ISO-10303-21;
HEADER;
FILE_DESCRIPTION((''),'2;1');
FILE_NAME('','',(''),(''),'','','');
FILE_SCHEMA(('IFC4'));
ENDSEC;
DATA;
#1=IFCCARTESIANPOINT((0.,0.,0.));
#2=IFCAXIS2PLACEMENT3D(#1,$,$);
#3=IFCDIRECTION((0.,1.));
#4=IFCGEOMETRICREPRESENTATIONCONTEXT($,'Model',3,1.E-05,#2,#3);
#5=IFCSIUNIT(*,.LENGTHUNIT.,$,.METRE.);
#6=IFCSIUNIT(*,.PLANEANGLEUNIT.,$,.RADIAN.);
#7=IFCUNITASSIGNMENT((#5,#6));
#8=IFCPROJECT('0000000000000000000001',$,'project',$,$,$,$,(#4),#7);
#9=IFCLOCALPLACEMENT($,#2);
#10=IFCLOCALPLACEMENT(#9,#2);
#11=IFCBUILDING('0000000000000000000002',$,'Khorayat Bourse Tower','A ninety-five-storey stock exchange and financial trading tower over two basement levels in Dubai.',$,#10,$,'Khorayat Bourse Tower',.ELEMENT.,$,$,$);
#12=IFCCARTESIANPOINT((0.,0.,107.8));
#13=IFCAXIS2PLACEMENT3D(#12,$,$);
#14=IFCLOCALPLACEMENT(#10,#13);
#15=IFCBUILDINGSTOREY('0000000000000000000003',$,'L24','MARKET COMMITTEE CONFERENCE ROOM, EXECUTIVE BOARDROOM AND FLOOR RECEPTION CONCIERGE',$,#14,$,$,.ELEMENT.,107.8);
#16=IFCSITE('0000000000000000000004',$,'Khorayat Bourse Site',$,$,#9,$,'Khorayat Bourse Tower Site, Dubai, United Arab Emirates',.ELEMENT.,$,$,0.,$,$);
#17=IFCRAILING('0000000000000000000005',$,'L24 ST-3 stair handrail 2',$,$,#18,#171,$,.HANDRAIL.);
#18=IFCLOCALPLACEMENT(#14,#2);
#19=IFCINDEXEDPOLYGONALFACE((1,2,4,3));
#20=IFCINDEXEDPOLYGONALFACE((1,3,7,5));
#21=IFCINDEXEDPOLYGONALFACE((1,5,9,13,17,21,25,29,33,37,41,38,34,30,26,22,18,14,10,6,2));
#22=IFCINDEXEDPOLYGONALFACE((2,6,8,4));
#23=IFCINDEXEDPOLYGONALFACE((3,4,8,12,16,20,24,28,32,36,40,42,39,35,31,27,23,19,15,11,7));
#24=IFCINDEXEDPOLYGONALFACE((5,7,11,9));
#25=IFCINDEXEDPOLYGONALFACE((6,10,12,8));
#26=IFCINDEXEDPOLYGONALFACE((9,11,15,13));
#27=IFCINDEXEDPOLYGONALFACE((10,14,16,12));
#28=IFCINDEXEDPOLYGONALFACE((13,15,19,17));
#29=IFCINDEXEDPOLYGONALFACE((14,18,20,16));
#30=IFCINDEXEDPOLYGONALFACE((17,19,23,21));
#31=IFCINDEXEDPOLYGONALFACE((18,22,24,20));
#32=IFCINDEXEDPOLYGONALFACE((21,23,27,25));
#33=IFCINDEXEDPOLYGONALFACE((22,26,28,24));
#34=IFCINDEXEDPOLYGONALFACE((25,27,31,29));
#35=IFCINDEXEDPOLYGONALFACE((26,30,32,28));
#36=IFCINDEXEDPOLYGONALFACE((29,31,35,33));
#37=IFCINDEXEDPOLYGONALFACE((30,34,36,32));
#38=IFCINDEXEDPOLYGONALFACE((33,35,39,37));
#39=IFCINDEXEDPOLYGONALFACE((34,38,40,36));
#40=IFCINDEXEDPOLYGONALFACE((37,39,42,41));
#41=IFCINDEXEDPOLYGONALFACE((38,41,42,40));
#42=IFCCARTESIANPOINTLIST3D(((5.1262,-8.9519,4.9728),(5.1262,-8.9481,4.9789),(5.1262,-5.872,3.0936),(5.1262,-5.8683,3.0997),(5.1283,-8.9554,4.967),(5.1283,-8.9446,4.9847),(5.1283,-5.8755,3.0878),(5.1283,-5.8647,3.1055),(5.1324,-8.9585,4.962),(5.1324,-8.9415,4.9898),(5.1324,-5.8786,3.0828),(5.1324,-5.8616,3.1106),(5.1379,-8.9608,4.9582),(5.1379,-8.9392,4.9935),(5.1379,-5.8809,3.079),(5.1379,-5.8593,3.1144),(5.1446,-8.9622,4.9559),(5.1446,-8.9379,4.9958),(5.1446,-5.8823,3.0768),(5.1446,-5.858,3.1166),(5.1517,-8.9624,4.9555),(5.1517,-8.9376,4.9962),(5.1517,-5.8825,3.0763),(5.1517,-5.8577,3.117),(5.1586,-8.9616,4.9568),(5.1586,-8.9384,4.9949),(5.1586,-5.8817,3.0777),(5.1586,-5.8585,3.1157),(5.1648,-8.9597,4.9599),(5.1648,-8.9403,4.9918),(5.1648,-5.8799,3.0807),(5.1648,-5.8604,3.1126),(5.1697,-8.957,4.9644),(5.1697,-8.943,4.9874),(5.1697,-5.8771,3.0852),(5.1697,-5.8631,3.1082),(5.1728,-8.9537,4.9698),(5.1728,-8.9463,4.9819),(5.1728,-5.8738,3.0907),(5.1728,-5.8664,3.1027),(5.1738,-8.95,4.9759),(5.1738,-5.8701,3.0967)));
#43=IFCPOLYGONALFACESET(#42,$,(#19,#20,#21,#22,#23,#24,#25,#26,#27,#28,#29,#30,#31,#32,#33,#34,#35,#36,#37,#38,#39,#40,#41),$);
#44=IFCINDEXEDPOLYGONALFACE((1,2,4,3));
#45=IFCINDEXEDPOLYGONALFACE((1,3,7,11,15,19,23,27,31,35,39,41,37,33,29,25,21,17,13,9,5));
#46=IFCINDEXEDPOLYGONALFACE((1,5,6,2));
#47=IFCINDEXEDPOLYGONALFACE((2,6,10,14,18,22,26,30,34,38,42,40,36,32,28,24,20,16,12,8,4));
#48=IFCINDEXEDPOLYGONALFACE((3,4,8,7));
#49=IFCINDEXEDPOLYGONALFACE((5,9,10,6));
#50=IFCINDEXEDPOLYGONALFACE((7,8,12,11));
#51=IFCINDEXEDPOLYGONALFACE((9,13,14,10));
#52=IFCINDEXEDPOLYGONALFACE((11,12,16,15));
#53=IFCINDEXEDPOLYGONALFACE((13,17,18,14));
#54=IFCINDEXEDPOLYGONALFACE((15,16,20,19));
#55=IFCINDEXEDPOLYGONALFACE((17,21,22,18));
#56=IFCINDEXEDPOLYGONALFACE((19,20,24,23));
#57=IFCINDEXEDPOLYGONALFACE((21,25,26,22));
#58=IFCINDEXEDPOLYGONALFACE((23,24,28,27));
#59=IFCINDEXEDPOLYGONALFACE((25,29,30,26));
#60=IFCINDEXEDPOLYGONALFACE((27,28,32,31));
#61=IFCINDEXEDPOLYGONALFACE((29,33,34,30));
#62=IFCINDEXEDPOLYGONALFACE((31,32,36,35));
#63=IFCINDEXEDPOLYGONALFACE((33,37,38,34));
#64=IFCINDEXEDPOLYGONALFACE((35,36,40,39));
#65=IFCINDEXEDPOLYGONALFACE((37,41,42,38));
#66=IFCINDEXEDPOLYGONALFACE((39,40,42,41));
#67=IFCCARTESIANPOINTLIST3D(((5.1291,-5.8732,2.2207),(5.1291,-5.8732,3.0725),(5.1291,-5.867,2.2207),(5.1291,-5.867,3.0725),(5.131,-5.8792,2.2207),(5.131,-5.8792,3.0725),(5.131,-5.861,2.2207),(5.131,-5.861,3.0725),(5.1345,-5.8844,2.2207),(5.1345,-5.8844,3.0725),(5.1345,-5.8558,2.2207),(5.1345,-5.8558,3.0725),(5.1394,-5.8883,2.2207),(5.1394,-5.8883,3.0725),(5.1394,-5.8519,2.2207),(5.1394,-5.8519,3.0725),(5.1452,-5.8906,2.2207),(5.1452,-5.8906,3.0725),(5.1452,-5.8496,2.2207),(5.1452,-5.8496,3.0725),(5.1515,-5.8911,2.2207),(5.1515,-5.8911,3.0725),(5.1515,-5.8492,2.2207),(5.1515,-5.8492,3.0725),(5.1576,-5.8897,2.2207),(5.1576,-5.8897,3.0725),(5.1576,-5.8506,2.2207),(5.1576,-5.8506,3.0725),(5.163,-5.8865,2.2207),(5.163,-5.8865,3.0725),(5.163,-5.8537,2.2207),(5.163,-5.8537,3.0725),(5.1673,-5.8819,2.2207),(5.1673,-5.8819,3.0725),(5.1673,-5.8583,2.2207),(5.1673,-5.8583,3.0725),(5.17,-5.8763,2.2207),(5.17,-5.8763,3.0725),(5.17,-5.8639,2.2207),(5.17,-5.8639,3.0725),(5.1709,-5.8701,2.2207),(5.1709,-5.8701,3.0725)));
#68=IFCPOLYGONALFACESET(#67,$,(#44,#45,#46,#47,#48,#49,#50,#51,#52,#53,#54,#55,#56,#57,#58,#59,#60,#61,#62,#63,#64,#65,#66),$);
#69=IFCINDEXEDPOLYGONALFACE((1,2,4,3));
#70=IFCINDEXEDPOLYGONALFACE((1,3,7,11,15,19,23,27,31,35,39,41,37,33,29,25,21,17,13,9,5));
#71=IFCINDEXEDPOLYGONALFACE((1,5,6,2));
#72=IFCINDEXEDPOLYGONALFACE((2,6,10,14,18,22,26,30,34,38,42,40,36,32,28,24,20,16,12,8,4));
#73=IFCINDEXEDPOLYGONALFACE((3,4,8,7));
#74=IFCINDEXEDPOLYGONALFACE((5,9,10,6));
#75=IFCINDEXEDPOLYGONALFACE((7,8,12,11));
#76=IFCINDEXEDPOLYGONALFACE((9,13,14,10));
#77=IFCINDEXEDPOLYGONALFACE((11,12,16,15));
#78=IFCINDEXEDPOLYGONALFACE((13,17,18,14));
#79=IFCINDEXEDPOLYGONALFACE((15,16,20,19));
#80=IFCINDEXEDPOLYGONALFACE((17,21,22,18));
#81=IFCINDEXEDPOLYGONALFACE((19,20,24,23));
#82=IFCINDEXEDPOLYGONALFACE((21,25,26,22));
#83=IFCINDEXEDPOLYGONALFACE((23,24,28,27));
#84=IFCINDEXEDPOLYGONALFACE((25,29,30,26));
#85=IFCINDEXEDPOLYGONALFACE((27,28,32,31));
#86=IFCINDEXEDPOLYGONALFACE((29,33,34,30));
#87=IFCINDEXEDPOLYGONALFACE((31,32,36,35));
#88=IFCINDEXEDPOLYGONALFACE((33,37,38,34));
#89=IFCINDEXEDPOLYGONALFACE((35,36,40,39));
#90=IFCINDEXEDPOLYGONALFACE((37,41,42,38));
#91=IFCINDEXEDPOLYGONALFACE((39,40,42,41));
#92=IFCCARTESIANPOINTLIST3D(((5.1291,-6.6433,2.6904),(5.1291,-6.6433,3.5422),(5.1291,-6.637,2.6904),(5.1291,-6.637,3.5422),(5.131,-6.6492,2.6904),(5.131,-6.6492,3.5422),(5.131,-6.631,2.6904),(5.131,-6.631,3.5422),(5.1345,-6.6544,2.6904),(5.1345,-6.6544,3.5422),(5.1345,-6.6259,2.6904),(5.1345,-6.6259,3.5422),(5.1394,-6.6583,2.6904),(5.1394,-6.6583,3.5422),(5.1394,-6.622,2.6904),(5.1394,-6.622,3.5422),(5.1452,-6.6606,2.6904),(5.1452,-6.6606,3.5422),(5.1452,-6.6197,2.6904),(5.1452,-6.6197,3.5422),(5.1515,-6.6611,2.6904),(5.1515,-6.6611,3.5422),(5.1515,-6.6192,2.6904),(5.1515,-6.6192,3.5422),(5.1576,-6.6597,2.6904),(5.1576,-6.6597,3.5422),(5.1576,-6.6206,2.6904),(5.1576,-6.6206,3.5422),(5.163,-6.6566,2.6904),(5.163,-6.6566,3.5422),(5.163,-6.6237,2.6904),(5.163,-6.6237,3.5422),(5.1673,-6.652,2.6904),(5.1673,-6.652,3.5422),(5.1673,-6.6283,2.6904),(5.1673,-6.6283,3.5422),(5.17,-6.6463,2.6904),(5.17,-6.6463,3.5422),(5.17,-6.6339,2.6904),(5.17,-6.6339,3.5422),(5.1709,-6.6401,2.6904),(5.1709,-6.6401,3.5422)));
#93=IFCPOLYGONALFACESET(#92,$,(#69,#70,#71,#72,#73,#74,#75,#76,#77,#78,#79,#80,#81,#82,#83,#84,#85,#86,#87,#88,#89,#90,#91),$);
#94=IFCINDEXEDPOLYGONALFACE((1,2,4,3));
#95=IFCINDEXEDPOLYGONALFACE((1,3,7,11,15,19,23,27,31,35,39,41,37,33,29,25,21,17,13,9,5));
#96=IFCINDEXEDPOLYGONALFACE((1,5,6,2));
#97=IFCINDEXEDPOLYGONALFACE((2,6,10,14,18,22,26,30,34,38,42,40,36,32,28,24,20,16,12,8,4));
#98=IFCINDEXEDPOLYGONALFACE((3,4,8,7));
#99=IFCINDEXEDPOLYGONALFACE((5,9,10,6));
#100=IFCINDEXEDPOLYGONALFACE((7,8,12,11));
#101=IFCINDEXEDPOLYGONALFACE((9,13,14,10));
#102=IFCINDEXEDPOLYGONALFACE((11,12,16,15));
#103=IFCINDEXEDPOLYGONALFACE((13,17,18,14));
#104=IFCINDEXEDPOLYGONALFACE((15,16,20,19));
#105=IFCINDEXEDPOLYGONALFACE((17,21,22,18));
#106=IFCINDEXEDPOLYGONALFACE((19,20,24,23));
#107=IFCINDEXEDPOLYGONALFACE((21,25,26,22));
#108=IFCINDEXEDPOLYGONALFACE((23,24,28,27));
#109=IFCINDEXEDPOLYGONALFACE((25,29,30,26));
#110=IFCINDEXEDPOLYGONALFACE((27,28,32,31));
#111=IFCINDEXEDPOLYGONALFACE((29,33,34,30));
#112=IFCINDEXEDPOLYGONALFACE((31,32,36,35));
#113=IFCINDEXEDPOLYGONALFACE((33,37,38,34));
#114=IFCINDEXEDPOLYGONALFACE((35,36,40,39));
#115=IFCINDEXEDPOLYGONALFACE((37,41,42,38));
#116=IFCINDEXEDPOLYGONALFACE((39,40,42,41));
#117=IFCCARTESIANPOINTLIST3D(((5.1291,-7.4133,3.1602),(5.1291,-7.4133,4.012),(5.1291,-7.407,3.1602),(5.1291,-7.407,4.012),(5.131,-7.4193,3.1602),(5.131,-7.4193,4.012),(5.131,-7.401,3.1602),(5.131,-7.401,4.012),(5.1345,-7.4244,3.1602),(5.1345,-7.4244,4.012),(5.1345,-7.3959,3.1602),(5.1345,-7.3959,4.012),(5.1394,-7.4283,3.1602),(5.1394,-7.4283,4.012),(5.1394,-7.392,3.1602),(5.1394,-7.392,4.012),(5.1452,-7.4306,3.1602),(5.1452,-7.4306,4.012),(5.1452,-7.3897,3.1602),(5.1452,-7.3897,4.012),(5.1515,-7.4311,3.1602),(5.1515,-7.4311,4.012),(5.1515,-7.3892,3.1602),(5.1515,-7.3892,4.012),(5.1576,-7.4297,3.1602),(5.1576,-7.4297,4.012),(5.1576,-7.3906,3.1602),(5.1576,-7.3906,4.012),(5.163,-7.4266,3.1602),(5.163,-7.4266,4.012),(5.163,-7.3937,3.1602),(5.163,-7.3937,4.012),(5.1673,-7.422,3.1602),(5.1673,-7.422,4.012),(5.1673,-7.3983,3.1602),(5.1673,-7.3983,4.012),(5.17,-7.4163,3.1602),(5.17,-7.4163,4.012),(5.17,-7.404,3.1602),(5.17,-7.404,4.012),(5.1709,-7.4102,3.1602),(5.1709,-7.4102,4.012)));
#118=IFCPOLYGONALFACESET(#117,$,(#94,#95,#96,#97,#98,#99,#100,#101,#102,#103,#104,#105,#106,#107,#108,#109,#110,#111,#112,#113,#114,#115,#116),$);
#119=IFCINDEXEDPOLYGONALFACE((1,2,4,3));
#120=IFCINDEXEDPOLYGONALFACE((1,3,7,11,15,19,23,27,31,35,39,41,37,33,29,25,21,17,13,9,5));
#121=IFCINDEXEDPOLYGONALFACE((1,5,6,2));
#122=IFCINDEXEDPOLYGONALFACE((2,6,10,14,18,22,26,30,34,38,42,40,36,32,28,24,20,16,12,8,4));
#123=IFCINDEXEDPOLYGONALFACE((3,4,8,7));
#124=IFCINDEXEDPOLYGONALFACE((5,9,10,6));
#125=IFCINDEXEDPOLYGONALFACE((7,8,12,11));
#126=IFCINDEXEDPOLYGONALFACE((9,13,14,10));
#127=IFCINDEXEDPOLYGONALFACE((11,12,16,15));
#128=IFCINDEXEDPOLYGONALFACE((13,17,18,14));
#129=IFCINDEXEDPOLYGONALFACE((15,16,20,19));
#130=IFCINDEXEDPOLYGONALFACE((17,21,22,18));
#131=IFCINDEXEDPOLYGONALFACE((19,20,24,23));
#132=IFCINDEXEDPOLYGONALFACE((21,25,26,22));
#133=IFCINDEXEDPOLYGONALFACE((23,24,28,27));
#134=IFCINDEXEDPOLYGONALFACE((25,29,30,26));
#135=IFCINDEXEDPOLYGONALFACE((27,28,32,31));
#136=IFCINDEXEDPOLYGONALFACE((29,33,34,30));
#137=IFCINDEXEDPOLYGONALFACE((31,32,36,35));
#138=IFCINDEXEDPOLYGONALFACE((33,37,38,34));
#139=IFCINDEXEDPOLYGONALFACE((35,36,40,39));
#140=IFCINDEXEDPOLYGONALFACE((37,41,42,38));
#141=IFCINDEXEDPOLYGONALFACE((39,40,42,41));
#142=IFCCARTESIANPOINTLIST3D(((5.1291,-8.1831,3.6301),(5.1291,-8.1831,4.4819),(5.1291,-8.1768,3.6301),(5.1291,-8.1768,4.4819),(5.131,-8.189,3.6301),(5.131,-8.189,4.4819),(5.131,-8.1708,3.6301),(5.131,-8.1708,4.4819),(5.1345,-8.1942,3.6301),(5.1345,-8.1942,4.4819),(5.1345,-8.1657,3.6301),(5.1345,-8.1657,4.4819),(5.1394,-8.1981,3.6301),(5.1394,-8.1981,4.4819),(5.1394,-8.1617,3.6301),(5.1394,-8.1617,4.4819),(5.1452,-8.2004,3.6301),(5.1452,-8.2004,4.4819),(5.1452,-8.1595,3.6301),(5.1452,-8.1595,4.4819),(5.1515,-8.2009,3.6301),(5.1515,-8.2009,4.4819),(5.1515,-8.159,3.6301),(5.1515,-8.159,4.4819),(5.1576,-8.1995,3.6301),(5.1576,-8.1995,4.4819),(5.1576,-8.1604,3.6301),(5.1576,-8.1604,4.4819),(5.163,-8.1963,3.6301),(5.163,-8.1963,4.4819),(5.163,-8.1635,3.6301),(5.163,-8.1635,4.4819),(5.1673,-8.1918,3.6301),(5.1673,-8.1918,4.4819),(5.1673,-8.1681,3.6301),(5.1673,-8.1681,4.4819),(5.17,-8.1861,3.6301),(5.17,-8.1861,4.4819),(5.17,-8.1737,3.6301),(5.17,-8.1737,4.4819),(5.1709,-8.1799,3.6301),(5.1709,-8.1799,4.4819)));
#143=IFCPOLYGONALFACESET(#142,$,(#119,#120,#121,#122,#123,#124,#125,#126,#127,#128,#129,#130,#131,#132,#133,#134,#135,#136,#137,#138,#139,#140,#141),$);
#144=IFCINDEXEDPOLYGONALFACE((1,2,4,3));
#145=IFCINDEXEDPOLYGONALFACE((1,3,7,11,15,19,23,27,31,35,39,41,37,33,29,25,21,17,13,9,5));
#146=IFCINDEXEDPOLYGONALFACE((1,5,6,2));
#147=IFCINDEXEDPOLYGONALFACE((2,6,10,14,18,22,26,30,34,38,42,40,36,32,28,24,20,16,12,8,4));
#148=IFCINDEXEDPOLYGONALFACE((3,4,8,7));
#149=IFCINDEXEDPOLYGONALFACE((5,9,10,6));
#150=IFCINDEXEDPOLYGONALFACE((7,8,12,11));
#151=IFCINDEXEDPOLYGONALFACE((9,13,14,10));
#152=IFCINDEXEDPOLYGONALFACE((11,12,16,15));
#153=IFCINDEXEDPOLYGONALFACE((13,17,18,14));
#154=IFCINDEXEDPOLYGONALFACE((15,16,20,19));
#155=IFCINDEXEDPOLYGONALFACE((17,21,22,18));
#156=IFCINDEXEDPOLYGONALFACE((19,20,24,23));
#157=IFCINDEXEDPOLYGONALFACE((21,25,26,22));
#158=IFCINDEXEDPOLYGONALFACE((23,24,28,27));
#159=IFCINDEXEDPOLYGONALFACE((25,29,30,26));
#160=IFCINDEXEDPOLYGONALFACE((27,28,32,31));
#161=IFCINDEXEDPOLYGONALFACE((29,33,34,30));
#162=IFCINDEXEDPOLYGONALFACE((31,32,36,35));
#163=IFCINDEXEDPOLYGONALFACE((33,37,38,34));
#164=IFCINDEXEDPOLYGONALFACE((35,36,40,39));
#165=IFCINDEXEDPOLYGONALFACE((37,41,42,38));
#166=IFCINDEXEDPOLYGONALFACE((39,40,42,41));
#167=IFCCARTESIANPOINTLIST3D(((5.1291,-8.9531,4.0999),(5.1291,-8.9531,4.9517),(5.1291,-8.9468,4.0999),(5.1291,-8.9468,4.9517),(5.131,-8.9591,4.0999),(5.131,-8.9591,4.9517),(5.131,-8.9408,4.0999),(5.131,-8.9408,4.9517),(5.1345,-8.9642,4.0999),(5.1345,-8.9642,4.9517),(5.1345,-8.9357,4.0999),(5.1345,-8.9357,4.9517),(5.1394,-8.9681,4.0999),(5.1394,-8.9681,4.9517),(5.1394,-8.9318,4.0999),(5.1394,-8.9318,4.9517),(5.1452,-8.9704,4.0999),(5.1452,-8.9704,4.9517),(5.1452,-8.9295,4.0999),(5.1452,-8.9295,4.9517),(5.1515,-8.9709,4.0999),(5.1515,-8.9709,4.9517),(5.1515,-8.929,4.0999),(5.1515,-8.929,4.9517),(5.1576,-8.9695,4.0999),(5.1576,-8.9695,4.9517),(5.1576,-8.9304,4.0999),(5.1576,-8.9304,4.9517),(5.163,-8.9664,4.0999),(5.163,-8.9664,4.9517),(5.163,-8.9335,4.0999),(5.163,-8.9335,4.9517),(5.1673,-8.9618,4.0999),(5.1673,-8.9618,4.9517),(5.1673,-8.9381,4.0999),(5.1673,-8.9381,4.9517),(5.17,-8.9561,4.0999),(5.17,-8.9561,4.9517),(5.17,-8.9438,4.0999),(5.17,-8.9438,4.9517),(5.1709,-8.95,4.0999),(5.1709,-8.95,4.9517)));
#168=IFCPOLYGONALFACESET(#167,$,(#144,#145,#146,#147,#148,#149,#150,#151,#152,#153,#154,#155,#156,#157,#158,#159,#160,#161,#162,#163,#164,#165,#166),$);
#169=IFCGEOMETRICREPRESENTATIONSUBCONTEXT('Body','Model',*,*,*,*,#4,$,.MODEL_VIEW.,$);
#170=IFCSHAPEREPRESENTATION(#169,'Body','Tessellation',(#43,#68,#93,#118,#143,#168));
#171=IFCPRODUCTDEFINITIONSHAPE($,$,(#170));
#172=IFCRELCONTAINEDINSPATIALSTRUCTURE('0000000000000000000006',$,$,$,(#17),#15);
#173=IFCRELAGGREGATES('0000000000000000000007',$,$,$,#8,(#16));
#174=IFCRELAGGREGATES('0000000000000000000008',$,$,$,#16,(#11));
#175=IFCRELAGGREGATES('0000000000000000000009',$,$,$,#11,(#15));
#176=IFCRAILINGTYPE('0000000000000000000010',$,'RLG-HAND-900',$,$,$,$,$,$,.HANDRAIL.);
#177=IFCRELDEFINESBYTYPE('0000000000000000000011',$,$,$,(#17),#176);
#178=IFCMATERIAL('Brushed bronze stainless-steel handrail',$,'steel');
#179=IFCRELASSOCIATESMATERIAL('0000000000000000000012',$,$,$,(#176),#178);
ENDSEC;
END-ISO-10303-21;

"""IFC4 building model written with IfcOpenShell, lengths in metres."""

from ifc_helpers import new_model, si_unit, direction, frame, origin, origin_2d, place, context, subcontext, project, spatial, circle, extrude, source, transform, mapped, material, type_object, element, save


model = new_model("IFC4")

# Units and contexts
model_context = context("Model", 3, precision=1e-05, world=origin(), true_north=direction((0.0, 1.0)))
body_context = subcontext(model_context, "Body", "Model", "MODEL_VIEW")
ifc_project = project(units=[si_unit("LENGTHUNIT", "METRE"), si_unit("PLANEANGLEUNIT", "RADIAN")], contexts=[model_context])

# Site, building, storey
site_placement = place(None, origin())
site = spatial("IfcSite", under=ifc_project, at=site_placement, Name="Khorayat Bourse Site", LongName="Khorayat Bourse Tower Site, Dubai, United Arab Emirates", CompositionType="ELEMENT", RefElevation=0.0)
building_placement = place(site_placement, origin())
building = spatial("IfcBuilding", under=site, at=building_placement, Name="Khorayat Bourse Tower", Description="A ninety-five-storey stock exchange and financial trading tower over two basement levels in Dubai.", LongName="Khorayat Bourse Tower", CompositionType="ELEMENT")
storey_placement = place(building_placement, frame((0.0, 0.0, 107.8)))
storey = spatial("IfcBuildingStorey", under=building, at=storey_placement, Name="L24", Description="MARKET COMMITTEE CONFERENCE ROOM, EXECUTIVE BOARDROOM AND FLOOR RECEPTION CONCIERGE", CompositionType="ELEMENT", Elevation=107.8)

# Railing
ifc_material_1 = material(Name="Brushed bronze stainless-steel handrail", Category="steel")
railing_type_1 = type_object("IfcRailingType", Name="RLG-HAND-900", PredefinedType="HANDRAIL", material=ifc_material_1)
shared_shape_1 = source(origin(), body_context, "Body", "SweptSolid", [
    extrude(circle(Radius=0.0239, at=origin_2d()), frame((0.0, 0.0, 0.876), z_axis=(0.0, -0.853648, 0.52085), x_axis=(1.0, 0.0, 0.0)), (0.0, 0.0, 1.0), 3.6079),
    extrude(circle(Radius=0.021, at=origin_2d()), origin(), (0.0, 0.0, 1.0), 0.8518),
    extrude(circle(Radius=0.021, at=origin_2d()), frame((0.0, -0.77, 0.4697)), (0.0, 0.0, 1.0), 0.8518),
    extrude(circle(Radius=0.021, at=origin_2d()), frame((0.0, -1.54, 0.9395)), (0.0, 0.0, 1.0), 0.8518),
    extrude(circle(Radius=0.021, at=origin_2d()), frame((0.0, -2.3098, 1.4094)), (0.0, 0.0, 1.0), 0.8518),
    extrude(circle(Radius=0.021, at=origin_2d()), frame((0.0, -3.0798, 1.8792)), (0.0, 0.0, 1.0), 0.8518),
])
railing_1_placement = place(storey_placement, frame((5.1499, -5.8701, 2.2207)))
element("IfcRailing", 1, at=railing_1_placement, inside=storey, type_object=railing_type_1, Name="L24 ST-3 stair handrail 2", PredefinedType="HANDRAIL", context=body_context, shape_type="MappedRepresentation", body=[
    mapped(shared_shape_1, transform((0.0, 0.0, 0.0), scale=1.0)),
])

save(model, "model.ifc")
